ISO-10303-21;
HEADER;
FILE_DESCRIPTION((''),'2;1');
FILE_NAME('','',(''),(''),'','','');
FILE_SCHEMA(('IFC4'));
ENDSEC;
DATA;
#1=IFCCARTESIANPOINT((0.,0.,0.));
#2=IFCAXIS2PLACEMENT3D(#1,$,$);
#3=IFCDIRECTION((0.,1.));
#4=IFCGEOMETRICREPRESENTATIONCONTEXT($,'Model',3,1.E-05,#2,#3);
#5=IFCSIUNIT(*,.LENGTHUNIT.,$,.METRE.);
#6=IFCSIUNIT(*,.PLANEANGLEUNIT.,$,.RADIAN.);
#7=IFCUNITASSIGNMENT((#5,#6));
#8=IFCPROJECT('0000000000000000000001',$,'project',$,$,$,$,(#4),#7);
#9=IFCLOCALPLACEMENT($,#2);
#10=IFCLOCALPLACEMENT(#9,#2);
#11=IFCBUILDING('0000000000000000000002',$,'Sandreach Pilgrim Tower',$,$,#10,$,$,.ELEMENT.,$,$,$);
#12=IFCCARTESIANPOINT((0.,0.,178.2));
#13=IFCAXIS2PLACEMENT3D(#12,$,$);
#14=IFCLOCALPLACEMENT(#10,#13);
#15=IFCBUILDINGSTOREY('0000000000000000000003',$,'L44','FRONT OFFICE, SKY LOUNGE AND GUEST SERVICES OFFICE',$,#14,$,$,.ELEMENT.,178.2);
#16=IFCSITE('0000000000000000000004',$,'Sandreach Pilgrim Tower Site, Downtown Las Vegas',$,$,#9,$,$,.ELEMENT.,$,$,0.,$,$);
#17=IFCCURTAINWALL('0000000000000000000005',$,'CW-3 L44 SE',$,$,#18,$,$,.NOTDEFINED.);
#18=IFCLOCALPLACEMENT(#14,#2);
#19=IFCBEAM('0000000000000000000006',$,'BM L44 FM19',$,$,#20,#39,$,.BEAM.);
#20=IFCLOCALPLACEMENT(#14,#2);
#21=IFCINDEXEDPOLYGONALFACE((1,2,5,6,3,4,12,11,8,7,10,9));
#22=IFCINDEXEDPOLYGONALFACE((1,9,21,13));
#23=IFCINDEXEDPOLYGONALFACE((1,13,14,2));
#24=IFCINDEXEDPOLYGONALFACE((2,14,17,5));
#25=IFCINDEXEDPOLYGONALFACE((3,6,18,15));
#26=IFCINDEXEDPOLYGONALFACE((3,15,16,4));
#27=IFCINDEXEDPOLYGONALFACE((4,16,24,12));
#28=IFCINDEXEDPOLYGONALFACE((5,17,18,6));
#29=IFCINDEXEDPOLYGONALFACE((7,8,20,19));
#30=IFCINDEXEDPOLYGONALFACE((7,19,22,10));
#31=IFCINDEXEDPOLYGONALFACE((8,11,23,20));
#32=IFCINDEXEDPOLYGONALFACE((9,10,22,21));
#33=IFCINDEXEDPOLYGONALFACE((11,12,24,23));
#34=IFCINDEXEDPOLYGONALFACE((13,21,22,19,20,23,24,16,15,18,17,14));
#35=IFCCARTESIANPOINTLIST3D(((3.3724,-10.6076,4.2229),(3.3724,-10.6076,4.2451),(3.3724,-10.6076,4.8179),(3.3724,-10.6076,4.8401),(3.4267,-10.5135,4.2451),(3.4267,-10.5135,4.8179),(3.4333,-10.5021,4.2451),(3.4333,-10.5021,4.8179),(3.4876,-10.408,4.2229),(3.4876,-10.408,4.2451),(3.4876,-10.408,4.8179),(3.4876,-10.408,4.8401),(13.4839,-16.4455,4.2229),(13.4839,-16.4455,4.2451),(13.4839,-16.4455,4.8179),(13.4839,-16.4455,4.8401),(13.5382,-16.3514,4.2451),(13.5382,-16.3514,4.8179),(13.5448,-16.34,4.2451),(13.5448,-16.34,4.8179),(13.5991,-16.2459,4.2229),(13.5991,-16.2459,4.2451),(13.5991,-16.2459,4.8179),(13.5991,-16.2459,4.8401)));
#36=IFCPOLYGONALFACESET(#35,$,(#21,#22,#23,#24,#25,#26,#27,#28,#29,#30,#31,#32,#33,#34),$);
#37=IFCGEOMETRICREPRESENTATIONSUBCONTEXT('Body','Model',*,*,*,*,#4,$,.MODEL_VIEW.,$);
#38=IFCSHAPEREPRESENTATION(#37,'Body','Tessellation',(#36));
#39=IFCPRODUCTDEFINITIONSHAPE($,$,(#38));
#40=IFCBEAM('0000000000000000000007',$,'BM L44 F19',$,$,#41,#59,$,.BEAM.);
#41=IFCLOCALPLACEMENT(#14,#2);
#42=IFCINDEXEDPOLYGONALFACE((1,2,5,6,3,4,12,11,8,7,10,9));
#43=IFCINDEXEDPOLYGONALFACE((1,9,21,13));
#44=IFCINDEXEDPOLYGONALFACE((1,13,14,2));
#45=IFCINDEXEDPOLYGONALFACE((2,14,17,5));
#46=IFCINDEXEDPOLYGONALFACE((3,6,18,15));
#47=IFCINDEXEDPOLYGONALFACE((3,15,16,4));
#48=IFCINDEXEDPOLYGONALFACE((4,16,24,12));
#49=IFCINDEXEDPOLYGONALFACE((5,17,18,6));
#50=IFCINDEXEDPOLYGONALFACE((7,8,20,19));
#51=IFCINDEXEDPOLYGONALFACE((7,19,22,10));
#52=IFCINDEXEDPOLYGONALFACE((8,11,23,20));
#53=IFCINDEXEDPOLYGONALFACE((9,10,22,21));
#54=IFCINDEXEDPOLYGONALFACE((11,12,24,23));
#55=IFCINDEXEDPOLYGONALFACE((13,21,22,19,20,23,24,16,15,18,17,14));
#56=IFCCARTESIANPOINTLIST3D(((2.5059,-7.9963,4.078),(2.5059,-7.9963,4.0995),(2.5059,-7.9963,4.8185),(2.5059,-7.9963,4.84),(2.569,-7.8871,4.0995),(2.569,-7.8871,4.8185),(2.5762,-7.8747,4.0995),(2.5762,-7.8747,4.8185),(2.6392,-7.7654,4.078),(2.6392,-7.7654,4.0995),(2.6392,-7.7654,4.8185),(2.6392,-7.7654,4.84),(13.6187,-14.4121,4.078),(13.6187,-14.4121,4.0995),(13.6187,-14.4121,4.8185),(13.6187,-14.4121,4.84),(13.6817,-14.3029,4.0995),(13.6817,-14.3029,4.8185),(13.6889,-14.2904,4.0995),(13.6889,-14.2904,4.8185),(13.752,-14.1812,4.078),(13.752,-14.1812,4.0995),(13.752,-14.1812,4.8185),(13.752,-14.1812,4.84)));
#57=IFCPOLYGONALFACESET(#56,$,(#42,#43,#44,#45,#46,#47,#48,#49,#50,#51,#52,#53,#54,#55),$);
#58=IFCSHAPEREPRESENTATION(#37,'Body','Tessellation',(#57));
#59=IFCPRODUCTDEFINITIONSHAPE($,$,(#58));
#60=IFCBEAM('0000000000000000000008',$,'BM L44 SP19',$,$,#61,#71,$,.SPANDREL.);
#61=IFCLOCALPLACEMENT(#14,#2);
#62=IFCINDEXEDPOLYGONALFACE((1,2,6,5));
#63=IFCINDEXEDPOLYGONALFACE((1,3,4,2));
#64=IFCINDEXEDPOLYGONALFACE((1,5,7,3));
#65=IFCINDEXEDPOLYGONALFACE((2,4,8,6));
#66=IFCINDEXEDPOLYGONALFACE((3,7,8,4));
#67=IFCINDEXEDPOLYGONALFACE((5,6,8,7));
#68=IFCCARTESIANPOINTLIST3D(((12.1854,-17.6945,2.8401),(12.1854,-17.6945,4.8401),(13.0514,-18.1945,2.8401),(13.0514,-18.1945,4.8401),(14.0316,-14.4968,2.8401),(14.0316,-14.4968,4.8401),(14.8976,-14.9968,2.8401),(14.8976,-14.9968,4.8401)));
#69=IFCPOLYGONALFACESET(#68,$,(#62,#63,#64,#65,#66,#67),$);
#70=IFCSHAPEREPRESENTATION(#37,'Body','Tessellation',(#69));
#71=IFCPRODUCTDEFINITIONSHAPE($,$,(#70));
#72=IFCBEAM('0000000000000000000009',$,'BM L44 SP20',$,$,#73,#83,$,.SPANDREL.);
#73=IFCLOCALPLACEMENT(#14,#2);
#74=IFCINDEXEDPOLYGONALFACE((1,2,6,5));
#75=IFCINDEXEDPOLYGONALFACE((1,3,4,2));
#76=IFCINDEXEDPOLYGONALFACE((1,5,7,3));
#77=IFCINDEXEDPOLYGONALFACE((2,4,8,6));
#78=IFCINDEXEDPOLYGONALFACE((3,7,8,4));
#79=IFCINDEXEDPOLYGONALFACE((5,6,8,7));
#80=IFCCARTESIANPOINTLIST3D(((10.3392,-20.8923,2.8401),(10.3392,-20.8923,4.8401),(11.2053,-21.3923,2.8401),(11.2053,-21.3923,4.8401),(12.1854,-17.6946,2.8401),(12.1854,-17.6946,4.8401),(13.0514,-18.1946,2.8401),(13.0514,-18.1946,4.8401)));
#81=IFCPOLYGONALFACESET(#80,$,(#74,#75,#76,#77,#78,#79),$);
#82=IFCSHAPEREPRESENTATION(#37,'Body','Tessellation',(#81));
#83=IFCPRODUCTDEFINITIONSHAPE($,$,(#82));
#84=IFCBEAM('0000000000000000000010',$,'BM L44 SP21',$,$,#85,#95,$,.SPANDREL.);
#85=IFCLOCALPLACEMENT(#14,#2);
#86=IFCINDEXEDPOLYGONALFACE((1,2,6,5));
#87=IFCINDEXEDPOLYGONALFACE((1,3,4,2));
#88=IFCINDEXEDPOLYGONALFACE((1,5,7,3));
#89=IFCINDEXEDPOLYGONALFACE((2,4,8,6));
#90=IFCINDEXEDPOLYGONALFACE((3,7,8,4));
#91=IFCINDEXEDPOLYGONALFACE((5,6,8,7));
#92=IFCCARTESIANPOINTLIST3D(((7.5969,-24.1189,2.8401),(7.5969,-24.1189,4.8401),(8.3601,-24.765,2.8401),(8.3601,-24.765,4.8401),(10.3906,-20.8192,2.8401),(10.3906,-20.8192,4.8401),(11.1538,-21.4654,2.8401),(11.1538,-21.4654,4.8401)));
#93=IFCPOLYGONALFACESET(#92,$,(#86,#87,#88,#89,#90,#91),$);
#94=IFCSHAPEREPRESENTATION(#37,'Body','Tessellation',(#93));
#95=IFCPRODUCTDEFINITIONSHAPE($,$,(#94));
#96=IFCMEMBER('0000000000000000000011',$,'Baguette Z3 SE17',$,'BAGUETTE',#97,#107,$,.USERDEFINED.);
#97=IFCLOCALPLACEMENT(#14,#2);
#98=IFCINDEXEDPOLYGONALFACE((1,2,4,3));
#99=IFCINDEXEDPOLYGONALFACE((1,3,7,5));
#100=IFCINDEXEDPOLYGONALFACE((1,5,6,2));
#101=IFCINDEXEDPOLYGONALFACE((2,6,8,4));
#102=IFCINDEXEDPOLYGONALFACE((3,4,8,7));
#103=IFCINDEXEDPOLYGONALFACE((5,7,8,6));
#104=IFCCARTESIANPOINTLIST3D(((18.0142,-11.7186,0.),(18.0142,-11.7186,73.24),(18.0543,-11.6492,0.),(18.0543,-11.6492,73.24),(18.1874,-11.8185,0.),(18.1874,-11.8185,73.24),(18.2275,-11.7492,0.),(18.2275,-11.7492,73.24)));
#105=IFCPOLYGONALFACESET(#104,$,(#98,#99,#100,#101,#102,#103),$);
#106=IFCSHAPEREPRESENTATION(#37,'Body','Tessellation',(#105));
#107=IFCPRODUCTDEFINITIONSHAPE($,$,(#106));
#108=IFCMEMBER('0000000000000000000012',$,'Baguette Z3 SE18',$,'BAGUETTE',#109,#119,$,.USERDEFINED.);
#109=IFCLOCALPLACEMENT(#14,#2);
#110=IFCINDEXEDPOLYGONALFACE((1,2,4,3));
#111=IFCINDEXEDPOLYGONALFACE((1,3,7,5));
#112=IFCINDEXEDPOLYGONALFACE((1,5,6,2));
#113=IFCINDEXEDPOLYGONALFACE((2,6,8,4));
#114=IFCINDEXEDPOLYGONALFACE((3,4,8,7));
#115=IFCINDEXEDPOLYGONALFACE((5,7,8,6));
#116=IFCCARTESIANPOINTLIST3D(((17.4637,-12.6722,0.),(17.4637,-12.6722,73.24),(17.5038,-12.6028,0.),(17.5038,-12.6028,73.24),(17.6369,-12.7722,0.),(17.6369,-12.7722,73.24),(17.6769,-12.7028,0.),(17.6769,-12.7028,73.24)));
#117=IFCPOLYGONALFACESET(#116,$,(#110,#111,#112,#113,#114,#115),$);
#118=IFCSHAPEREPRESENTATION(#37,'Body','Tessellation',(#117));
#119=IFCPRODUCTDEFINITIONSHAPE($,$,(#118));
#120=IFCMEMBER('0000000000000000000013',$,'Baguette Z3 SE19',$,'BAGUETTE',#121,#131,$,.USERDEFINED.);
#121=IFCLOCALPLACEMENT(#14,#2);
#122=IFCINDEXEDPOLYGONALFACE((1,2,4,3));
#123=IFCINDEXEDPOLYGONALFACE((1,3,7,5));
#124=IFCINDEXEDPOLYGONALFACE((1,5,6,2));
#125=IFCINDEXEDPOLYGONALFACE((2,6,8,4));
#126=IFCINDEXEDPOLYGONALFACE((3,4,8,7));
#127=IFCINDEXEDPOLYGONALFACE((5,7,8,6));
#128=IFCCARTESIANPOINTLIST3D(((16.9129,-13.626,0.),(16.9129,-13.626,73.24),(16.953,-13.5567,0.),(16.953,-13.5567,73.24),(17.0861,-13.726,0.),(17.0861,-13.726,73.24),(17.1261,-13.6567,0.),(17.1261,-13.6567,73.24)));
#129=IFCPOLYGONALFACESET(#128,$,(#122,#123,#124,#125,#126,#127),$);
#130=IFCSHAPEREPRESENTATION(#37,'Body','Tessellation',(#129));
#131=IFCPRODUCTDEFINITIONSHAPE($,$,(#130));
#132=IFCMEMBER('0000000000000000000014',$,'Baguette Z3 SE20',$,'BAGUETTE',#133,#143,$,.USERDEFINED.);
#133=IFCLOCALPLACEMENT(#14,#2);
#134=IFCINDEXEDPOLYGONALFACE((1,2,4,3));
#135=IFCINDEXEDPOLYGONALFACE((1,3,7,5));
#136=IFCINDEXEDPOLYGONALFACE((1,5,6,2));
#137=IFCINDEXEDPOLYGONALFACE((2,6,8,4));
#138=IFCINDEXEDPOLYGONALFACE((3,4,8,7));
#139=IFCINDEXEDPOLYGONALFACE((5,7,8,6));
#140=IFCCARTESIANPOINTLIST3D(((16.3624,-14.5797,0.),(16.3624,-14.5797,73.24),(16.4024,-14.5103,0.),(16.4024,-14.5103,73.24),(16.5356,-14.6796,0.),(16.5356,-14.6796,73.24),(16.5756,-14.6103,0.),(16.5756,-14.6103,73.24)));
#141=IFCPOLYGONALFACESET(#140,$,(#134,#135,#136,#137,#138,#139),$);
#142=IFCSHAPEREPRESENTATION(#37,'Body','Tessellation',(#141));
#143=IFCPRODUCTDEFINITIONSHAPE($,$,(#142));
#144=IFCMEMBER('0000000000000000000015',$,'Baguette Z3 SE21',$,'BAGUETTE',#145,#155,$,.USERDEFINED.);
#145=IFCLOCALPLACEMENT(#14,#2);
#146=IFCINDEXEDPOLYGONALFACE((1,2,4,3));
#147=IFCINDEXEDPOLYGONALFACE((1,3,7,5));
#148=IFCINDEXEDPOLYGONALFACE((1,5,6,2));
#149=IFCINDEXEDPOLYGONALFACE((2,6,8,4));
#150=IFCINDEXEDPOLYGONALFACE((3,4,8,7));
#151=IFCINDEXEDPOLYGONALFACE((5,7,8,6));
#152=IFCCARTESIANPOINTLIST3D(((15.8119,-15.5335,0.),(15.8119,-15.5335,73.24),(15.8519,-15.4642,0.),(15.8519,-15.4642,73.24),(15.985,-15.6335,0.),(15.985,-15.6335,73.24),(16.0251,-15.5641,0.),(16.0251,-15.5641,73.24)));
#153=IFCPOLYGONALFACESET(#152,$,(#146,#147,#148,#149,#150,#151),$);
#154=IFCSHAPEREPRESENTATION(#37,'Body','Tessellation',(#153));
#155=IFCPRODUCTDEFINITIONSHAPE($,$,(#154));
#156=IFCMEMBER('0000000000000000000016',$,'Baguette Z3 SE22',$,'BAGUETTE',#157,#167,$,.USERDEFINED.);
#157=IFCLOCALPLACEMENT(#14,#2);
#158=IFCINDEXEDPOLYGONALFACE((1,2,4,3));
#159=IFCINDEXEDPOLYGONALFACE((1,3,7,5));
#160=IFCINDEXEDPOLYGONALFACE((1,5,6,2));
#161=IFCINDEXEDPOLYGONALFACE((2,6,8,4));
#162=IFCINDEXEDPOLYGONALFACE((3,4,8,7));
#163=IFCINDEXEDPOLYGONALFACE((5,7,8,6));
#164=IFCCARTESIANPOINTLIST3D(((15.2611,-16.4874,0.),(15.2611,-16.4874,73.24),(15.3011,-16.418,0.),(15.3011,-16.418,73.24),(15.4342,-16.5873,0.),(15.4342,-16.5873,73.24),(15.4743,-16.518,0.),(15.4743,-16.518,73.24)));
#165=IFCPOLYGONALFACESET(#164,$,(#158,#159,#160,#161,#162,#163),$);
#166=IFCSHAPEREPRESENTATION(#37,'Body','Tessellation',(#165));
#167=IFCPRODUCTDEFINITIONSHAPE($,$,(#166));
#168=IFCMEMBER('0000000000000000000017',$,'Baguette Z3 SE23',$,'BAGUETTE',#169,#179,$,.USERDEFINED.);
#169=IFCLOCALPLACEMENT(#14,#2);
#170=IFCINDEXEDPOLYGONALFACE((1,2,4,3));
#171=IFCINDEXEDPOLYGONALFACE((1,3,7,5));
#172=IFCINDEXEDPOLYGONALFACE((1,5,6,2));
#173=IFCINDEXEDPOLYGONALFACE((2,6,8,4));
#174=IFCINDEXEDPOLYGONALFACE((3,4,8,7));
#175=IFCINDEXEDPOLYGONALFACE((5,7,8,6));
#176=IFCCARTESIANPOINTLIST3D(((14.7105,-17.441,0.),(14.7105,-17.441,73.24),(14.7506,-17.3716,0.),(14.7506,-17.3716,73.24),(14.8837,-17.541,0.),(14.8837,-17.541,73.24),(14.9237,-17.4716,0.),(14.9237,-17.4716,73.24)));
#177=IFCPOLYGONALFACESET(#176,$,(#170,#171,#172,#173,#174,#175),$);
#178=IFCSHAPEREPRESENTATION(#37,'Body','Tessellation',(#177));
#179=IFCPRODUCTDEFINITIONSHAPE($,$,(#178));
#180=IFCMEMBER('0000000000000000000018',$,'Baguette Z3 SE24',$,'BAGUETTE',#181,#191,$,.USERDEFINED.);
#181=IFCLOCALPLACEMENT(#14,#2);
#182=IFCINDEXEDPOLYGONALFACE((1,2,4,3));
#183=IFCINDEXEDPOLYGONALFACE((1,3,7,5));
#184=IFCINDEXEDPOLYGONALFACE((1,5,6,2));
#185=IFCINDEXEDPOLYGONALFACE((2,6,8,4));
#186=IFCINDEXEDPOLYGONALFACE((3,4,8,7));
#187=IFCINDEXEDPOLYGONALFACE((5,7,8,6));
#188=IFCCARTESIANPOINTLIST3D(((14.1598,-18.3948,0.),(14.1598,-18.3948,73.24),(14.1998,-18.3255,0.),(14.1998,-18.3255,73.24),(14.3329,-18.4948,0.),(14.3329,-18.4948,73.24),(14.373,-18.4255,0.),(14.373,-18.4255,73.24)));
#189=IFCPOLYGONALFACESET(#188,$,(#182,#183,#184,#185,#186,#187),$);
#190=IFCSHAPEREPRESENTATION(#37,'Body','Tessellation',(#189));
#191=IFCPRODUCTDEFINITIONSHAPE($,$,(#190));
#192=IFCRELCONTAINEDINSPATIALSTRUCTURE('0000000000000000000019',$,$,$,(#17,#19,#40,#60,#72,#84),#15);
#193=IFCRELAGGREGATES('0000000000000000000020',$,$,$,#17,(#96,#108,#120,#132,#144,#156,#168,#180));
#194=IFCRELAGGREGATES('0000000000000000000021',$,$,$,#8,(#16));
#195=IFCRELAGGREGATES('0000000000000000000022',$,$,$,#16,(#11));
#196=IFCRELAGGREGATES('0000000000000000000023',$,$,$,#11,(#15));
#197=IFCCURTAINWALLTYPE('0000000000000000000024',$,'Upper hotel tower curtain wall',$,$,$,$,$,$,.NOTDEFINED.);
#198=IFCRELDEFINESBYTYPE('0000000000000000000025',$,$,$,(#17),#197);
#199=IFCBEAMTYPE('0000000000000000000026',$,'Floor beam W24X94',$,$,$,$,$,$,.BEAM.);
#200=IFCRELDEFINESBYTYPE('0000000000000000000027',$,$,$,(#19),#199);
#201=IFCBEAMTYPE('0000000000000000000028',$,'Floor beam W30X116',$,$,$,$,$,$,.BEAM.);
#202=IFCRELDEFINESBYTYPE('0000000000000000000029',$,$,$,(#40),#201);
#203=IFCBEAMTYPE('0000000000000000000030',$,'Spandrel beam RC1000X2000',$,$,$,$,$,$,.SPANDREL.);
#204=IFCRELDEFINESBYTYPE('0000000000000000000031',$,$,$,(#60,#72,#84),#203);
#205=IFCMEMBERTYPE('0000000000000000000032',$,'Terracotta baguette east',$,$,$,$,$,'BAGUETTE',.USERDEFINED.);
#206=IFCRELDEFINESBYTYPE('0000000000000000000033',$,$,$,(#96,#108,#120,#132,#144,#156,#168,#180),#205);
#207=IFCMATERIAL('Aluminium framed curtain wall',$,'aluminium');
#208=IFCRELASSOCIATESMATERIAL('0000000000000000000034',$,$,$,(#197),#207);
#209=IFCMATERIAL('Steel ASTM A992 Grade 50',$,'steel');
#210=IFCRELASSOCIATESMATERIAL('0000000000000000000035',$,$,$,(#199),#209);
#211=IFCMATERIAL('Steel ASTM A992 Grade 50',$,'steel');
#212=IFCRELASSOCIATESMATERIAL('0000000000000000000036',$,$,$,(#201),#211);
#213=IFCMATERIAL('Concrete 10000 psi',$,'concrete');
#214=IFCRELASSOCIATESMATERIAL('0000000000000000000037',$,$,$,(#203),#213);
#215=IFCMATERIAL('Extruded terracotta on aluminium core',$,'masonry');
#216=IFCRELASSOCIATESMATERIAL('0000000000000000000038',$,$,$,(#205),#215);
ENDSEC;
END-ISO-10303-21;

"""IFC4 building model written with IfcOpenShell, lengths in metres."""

from ifc_helpers import new_model, si_unit, direction, frame, origin, origin_2d, place, context, subcontext, project, spatial, rectangle, i_section, extrude, material, material_profile, profile_set, type_object, element, aggregate, save


model = new_model("IFC4")

# Units and contexts
model_context = context("Model", 3, precision=1e-05, world=origin(), true_north=direction((0.0, 1.0)))
body_context = subcontext(model_context, "Body", "Model", "MODEL_VIEW")
ifc_project = project(units=[si_unit("LENGTHUNIT", "METRE"), si_unit("PLANEANGLEUNIT", "RADIAN")], contexts=[model_context])

# Site, building, storey
site_placement = place(None, origin())
site = spatial("IfcSite", under=ifc_project, at=site_placement, Name="Sandreach Pilgrim Tower Site, Downtown Las Vegas", CompositionType="ELEMENT", RefElevation=0.0)
building_placement = place(site_placement, origin())
building = spatial("IfcBuilding", under=site, at=building_placement, Name="Sandreach Pilgrim Tower", CompositionType="ELEMENT")
storey_placement = place(building_placement, frame((0.0, 0.0, 178.2)))
storey = spatial("IfcBuildingStorey", under=building, at=storey_placement, Name="L44", Description="FRONT OFFICE, SKY LOUNGE AND GUEST SERVICES OFFICE", CompositionType="ELEMENT", Elevation=178.2)

# Curtain wall
ifc_material_1 = material(Name="Aluminium framed curtain wall", Category="aluminium")
curtain_wall_type = type_object("IfcCurtainWallType", Name="Upper hotel tower curtain wall", PredefinedType="NOTDEFINED", material=ifc_material_1)
curtain_wall_placement = place(storey_placement, origin())
curtain_wall = element("IfcCurtainWall", 1, at=curtain_wall_placement, inside=storey, type_object=curtain_wall_type, Name="CW-3 L44 SE", PredefinedType="NOTDEFINED")

# Beams
ifc_material_2 = material(Name="Steel ASTM A992 Grade 50", Category="steel")
ifc_material_profile_1 = material_profile(ifc_material_2, i_section(OverallWidth=0.2305, OverallDepth=0.6172, WebThickness=0.0132, FlangeThickness=0.0222, at=origin_2d()), Name="W24X94")
ifc_profile_set_1 = profile_set([ifc_material_profile_1], Name="Steel ASTM A992 Grade 50")
beam_type_1 = type_object("IfcBeamType", Name="Floor beam W24X94", PredefinedType="BEAM", material=ifc_profile_set_1)
beam_1_placement = place(storey_placement, frame((13.5415, -16.3457, 4.5315), z_axis=(-0.866026, 0.499998, 0.0), x_axis=(-0.499998, -0.866026, 0.0)))
element("IfcBeam", 2, at=beam_1_placement, inside=storey, type_object=beam_type_1, Name="BM L44 FM19", PredefinedType="BEAM", context=body_context, shape_type="SweptSolid", body=[
    extrude(i_section(OverallWidth=0.2305, OverallDepth=0.6172, WebThickness=0.0132, FlangeThickness=0.0222, at=origin_2d()), origin(), (0.0, 0.0, 1.0), 11.6758),
])
ifc_material_3 = material(Name="Steel ASTM A992 Grade 50", Category="steel")
ifc_material_profile_2 = material_profile(ifc_material_3, i_section(OverallWidth=0.2666, OverallDepth=0.762, WebThickness=0.0144, FlangeThickness=0.0215, at=origin_2d()), Name="W30X116")
ifc_profile_set_2 = profile_set([ifc_material_profile_2], Name="Steel ASTM A992 Grade 50")
beam_type_2 = type_object("IfcBeamType", Name="Floor beam W30X116", PredefinedType="BEAM", material=ifc_profile_set_2)
beam_2_placement = place(storey_placement, frame((13.6853, -14.2966, 4.459), z_axis=(-0.866032, 0.499988, 0.0), x_axis=(-0.499988, -0.866032, 0.0)))
element("IfcBeam", 3, at=beam_2_placement, inside=storey, type_object=beam_type_2, Name="BM L44 F19", PredefinedType="BEAM", context=body_context, shape_type="SweptSolid", body=[
    extrude(i_section(OverallWidth=0.2666, OverallDepth=0.762, WebThickness=0.0144, FlangeThickness=0.0215, at=origin_2d()), origin(), (0.0, 0.0, 1.0), 12.8318),
])
ifc_material_4 = material(Name="Concrete 10000 psi", Category="concrete")
ifc_material_profile_3 = material_profile(ifc_material_4, rectangle(XDim=1.0, YDim=2.0, at=origin_2d()), Name="RC1000X2000")
ifc_profile_set_3 = profile_set([ifc_material_profile_3], Name="Concrete 10000 psi")
beam_type_3 = type_object("IfcBeamType", Name="Spandrel beam RC1000X2000", PredefinedType="SPANDREL", material=ifc_profile_set_3)
for number, where, z_axis, x_axis, name in (
    (4, (14.4646, -14.7468, 3.8401), (-0.499993, -0.866029, 0.0), (0.866029, -0.499993, 0.0), "BM L44 SP19"),
    (5, (12.6184, -17.9446, 3.8401), (-0.499993, -0.866029, 0.0), (0.866029, -0.499993, 0.0), "BM L44 SP20"),
):
    element("IfcBeam", number, at=place(storey_placement, frame(where, z_axis=z_axis, x_axis=x_axis)), inside=storey, type_object=beam_type_3, Name=name, PredefinedType="SPANDREL", context=body_context, shape_type="SweptSolid", body=[
        extrude(rectangle(XDim=1.0, YDim=2.0, at=origin_2d()), origin(), (0.0, 0.0, 1.0), 3.6924),
    ])
beam_3_placement = place(storey_placement, frame((10.7722, -21.1423, 3.8401), z_axis=(-0.64618, -0.763185, 0.0), x_axis=(0.763185, -0.64618, 0.0)))
element("IfcBeam", 6, at=beam_3_placement, inside=storey, type_object=beam_type_3, Name="BM L44 SP21", PredefinedType="SPANDREL", context=body_context, shape_type="SweptSolid", body=[
    extrude(rectangle(XDim=1.0, YDim=2.0, at=origin_2d()), origin(), (0.0, 0.0, 1.0), 4.3235),
])

# Members
ifc_material_5 = material(Name="Extruded terracotta on aluminium core", Category="masonry")
ifc_material_profile_4 = material_profile(ifc_material_5, rectangle(XDim=0.0801, YDim=0.2, at=origin_2d()), Name="TBE 80X200")
ifc_profile_set_4 = profile_set([ifc_material_profile_4], Name="Extruded terracotta on aluminium core")
member_type_1 = type_object("IfcMemberType", Name="Terracotta baguette east", ElementType="BAGUETTE", PredefinedType="USERDEFINED", material=ifc_profile_set_4)
member_1_placement = place(storey_placement, frame((18.1208, -11.7339, 0.0), z_axis=(0.0, 0.0, 1.0), x_axis=(-0.5, -0.866025, 0.0)))
member_1 = element("IfcMember", 7, at=member_1_placement, type_object=member_type_1, Name="Baguette Z3 SE17", ObjectType="BAGUETTE", PredefinedType="USERDEFINED", context=body_context, shape_type="SweptSolid", body=[
    extrude(rectangle(XDim=0.0801, YDim=0.2, at=origin_2d()), origin(), (0.0, 0.0, 1.0), 73.24),
])
member_2_placement = place(storey_placement, frame((17.5703, -12.6875, 0.0), z_axis=(0.0, 0.0, 1.0), x_axis=(-0.5, -0.866025, 0.0)))
member_2 = element("IfcMember", 8, at=member_2_placement, type_object=member_type_1, Name="Baguette Z3 SE18", ObjectType="BAGUETTE", PredefinedType="USERDEFINED", context=body_context, shape_type="SweptSolid", body=[
    extrude(rectangle(XDim=0.0801, YDim=0.2, at=origin_2d()), origin(), (0.0, 0.0, 1.0), 73.24),
])
member_3_placement = place(storey_placement, frame((17.0195, -13.6414, 0.0), z_axis=(0.0, 0.0, 1.0), x_axis=(-0.5, -0.866025, 0.0)))
member_3 = element("IfcMember", 9, at=member_3_placement, type_object=member_type_1, Name="Baguette Z3 SE19", ObjectType="BAGUETTE", PredefinedType="USERDEFINED", context=body_context, shape_type="SweptSolid", body=[
    extrude(rectangle(XDim=0.0801, YDim=0.2, at=origin_2d()), origin(), (0.0, 0.0, 1.0), 73.24),
])
member_4_placement = place(storey_placement, frame((16.469, -14.595, 0.0), z_axis=(0.0, 0.0, 1.0), x_axis=(-0.5, -0.866025, 0.0)))
member_4 = element("IfcMember", 10, at=member_4_placement, type_object=member_type_1, Name="Baguette Z3 SE20", ObjectType="BAGUETTE", PredefinedType="USERDEFINED", context=body_context, shape_type="SweptSolid", body=[
    extrude(rectangle(XDim=0.0801, YDim=0.2, at=origin_2d()), origin(), (0.0, 0.0, 1.0), 73.24),
])
member_5_placement = place(storey_placement, frame((15.9185, -15.5488, 0.0), z_axis=(0.0, 0.0, 1.0), x_axis=(-0.5, -0.866025, 0.0)))
member_5 = element("IfcMember", 11, at=member_5_placement, type_object=member_type_1, Name="Baguette Z3 SE21", ObjectType="BAGUETTE", PredefinedType="USERDEFINED", context=body_context, shape_type="SweptSolid", body=[
    extrude(rectangle(XDim=0.0801, YDim=0.2, at=origin_2d()), origin(), (0.0, 0.0, 1.0), 73.24),
])
member_6_placement = place(storey_placement, frame((15.3677, -16.5027, 0.0), z_axis=(0.0, 0.0, 1.0), x_axis=(-0.5, -0.866025, 0.0)))
member_6 = element("IfcMember", 12, at=member_6_placement, type_object=member_type_1, Name="Baguette Z3 SE22", ObjectType="BAGUETTE", PredefinedType="USERDEFINED", context=body_context, shape_type="SweptSolid", body=[
    extrude(rectangle(XDim=0.0801, YDim=0.2, at=origin_2d()), origin(), (0.0, 0.0, 1.0), 73.24),
])
member_7_placement = place(storey_placement, frame((14.8171, -17.4563, 0.0), z_axis=(0.0, 0.0, 1.0), x_axis=(-0.5, -0.866025, 0.0)))
member_7 = element("IfcMember", 13, at=member_7_placement, type_object=member_type_1, Name="Baguette Z3 SE23", ObjectType="BAGUETTE", PredefinedType="USERDEFINED", context=body_context, shape_type="SweptSolid", body=[
    extrude(rectangle(XDim=0.0801, YDim=0.2, at=origin_2d()), origin(), (0.0, 0.0, 1.0), 73.24),
])
member_8_placement = place(storey_placement, frame((14.2664, -18.4102, 0.0), z_axis=(0.0, 0.0, 1.0), x_axis=(-0.5, -0.866025, 0.0)))
member_8 = element("IfcMember", 14, at=member_8_placement, type_object=member_type_1, Name="Baguette Z3 SE24", ObjectType="BAGUETTE", PredefinedType="USERDEFINED", context=body_context, shape_type="SweptSolid", body=[
    extrude(rectangle(XDim=0.0801, YDim=0.2, at=origin_2d()), origin(), (0.0, 0.0, 1.0), 73.24),
])

aggregate(curtain_wall, [member_1, member_2, member_3, member_4, member_5, member_6, member_7, member_8])

save(model, "model.ifc")
